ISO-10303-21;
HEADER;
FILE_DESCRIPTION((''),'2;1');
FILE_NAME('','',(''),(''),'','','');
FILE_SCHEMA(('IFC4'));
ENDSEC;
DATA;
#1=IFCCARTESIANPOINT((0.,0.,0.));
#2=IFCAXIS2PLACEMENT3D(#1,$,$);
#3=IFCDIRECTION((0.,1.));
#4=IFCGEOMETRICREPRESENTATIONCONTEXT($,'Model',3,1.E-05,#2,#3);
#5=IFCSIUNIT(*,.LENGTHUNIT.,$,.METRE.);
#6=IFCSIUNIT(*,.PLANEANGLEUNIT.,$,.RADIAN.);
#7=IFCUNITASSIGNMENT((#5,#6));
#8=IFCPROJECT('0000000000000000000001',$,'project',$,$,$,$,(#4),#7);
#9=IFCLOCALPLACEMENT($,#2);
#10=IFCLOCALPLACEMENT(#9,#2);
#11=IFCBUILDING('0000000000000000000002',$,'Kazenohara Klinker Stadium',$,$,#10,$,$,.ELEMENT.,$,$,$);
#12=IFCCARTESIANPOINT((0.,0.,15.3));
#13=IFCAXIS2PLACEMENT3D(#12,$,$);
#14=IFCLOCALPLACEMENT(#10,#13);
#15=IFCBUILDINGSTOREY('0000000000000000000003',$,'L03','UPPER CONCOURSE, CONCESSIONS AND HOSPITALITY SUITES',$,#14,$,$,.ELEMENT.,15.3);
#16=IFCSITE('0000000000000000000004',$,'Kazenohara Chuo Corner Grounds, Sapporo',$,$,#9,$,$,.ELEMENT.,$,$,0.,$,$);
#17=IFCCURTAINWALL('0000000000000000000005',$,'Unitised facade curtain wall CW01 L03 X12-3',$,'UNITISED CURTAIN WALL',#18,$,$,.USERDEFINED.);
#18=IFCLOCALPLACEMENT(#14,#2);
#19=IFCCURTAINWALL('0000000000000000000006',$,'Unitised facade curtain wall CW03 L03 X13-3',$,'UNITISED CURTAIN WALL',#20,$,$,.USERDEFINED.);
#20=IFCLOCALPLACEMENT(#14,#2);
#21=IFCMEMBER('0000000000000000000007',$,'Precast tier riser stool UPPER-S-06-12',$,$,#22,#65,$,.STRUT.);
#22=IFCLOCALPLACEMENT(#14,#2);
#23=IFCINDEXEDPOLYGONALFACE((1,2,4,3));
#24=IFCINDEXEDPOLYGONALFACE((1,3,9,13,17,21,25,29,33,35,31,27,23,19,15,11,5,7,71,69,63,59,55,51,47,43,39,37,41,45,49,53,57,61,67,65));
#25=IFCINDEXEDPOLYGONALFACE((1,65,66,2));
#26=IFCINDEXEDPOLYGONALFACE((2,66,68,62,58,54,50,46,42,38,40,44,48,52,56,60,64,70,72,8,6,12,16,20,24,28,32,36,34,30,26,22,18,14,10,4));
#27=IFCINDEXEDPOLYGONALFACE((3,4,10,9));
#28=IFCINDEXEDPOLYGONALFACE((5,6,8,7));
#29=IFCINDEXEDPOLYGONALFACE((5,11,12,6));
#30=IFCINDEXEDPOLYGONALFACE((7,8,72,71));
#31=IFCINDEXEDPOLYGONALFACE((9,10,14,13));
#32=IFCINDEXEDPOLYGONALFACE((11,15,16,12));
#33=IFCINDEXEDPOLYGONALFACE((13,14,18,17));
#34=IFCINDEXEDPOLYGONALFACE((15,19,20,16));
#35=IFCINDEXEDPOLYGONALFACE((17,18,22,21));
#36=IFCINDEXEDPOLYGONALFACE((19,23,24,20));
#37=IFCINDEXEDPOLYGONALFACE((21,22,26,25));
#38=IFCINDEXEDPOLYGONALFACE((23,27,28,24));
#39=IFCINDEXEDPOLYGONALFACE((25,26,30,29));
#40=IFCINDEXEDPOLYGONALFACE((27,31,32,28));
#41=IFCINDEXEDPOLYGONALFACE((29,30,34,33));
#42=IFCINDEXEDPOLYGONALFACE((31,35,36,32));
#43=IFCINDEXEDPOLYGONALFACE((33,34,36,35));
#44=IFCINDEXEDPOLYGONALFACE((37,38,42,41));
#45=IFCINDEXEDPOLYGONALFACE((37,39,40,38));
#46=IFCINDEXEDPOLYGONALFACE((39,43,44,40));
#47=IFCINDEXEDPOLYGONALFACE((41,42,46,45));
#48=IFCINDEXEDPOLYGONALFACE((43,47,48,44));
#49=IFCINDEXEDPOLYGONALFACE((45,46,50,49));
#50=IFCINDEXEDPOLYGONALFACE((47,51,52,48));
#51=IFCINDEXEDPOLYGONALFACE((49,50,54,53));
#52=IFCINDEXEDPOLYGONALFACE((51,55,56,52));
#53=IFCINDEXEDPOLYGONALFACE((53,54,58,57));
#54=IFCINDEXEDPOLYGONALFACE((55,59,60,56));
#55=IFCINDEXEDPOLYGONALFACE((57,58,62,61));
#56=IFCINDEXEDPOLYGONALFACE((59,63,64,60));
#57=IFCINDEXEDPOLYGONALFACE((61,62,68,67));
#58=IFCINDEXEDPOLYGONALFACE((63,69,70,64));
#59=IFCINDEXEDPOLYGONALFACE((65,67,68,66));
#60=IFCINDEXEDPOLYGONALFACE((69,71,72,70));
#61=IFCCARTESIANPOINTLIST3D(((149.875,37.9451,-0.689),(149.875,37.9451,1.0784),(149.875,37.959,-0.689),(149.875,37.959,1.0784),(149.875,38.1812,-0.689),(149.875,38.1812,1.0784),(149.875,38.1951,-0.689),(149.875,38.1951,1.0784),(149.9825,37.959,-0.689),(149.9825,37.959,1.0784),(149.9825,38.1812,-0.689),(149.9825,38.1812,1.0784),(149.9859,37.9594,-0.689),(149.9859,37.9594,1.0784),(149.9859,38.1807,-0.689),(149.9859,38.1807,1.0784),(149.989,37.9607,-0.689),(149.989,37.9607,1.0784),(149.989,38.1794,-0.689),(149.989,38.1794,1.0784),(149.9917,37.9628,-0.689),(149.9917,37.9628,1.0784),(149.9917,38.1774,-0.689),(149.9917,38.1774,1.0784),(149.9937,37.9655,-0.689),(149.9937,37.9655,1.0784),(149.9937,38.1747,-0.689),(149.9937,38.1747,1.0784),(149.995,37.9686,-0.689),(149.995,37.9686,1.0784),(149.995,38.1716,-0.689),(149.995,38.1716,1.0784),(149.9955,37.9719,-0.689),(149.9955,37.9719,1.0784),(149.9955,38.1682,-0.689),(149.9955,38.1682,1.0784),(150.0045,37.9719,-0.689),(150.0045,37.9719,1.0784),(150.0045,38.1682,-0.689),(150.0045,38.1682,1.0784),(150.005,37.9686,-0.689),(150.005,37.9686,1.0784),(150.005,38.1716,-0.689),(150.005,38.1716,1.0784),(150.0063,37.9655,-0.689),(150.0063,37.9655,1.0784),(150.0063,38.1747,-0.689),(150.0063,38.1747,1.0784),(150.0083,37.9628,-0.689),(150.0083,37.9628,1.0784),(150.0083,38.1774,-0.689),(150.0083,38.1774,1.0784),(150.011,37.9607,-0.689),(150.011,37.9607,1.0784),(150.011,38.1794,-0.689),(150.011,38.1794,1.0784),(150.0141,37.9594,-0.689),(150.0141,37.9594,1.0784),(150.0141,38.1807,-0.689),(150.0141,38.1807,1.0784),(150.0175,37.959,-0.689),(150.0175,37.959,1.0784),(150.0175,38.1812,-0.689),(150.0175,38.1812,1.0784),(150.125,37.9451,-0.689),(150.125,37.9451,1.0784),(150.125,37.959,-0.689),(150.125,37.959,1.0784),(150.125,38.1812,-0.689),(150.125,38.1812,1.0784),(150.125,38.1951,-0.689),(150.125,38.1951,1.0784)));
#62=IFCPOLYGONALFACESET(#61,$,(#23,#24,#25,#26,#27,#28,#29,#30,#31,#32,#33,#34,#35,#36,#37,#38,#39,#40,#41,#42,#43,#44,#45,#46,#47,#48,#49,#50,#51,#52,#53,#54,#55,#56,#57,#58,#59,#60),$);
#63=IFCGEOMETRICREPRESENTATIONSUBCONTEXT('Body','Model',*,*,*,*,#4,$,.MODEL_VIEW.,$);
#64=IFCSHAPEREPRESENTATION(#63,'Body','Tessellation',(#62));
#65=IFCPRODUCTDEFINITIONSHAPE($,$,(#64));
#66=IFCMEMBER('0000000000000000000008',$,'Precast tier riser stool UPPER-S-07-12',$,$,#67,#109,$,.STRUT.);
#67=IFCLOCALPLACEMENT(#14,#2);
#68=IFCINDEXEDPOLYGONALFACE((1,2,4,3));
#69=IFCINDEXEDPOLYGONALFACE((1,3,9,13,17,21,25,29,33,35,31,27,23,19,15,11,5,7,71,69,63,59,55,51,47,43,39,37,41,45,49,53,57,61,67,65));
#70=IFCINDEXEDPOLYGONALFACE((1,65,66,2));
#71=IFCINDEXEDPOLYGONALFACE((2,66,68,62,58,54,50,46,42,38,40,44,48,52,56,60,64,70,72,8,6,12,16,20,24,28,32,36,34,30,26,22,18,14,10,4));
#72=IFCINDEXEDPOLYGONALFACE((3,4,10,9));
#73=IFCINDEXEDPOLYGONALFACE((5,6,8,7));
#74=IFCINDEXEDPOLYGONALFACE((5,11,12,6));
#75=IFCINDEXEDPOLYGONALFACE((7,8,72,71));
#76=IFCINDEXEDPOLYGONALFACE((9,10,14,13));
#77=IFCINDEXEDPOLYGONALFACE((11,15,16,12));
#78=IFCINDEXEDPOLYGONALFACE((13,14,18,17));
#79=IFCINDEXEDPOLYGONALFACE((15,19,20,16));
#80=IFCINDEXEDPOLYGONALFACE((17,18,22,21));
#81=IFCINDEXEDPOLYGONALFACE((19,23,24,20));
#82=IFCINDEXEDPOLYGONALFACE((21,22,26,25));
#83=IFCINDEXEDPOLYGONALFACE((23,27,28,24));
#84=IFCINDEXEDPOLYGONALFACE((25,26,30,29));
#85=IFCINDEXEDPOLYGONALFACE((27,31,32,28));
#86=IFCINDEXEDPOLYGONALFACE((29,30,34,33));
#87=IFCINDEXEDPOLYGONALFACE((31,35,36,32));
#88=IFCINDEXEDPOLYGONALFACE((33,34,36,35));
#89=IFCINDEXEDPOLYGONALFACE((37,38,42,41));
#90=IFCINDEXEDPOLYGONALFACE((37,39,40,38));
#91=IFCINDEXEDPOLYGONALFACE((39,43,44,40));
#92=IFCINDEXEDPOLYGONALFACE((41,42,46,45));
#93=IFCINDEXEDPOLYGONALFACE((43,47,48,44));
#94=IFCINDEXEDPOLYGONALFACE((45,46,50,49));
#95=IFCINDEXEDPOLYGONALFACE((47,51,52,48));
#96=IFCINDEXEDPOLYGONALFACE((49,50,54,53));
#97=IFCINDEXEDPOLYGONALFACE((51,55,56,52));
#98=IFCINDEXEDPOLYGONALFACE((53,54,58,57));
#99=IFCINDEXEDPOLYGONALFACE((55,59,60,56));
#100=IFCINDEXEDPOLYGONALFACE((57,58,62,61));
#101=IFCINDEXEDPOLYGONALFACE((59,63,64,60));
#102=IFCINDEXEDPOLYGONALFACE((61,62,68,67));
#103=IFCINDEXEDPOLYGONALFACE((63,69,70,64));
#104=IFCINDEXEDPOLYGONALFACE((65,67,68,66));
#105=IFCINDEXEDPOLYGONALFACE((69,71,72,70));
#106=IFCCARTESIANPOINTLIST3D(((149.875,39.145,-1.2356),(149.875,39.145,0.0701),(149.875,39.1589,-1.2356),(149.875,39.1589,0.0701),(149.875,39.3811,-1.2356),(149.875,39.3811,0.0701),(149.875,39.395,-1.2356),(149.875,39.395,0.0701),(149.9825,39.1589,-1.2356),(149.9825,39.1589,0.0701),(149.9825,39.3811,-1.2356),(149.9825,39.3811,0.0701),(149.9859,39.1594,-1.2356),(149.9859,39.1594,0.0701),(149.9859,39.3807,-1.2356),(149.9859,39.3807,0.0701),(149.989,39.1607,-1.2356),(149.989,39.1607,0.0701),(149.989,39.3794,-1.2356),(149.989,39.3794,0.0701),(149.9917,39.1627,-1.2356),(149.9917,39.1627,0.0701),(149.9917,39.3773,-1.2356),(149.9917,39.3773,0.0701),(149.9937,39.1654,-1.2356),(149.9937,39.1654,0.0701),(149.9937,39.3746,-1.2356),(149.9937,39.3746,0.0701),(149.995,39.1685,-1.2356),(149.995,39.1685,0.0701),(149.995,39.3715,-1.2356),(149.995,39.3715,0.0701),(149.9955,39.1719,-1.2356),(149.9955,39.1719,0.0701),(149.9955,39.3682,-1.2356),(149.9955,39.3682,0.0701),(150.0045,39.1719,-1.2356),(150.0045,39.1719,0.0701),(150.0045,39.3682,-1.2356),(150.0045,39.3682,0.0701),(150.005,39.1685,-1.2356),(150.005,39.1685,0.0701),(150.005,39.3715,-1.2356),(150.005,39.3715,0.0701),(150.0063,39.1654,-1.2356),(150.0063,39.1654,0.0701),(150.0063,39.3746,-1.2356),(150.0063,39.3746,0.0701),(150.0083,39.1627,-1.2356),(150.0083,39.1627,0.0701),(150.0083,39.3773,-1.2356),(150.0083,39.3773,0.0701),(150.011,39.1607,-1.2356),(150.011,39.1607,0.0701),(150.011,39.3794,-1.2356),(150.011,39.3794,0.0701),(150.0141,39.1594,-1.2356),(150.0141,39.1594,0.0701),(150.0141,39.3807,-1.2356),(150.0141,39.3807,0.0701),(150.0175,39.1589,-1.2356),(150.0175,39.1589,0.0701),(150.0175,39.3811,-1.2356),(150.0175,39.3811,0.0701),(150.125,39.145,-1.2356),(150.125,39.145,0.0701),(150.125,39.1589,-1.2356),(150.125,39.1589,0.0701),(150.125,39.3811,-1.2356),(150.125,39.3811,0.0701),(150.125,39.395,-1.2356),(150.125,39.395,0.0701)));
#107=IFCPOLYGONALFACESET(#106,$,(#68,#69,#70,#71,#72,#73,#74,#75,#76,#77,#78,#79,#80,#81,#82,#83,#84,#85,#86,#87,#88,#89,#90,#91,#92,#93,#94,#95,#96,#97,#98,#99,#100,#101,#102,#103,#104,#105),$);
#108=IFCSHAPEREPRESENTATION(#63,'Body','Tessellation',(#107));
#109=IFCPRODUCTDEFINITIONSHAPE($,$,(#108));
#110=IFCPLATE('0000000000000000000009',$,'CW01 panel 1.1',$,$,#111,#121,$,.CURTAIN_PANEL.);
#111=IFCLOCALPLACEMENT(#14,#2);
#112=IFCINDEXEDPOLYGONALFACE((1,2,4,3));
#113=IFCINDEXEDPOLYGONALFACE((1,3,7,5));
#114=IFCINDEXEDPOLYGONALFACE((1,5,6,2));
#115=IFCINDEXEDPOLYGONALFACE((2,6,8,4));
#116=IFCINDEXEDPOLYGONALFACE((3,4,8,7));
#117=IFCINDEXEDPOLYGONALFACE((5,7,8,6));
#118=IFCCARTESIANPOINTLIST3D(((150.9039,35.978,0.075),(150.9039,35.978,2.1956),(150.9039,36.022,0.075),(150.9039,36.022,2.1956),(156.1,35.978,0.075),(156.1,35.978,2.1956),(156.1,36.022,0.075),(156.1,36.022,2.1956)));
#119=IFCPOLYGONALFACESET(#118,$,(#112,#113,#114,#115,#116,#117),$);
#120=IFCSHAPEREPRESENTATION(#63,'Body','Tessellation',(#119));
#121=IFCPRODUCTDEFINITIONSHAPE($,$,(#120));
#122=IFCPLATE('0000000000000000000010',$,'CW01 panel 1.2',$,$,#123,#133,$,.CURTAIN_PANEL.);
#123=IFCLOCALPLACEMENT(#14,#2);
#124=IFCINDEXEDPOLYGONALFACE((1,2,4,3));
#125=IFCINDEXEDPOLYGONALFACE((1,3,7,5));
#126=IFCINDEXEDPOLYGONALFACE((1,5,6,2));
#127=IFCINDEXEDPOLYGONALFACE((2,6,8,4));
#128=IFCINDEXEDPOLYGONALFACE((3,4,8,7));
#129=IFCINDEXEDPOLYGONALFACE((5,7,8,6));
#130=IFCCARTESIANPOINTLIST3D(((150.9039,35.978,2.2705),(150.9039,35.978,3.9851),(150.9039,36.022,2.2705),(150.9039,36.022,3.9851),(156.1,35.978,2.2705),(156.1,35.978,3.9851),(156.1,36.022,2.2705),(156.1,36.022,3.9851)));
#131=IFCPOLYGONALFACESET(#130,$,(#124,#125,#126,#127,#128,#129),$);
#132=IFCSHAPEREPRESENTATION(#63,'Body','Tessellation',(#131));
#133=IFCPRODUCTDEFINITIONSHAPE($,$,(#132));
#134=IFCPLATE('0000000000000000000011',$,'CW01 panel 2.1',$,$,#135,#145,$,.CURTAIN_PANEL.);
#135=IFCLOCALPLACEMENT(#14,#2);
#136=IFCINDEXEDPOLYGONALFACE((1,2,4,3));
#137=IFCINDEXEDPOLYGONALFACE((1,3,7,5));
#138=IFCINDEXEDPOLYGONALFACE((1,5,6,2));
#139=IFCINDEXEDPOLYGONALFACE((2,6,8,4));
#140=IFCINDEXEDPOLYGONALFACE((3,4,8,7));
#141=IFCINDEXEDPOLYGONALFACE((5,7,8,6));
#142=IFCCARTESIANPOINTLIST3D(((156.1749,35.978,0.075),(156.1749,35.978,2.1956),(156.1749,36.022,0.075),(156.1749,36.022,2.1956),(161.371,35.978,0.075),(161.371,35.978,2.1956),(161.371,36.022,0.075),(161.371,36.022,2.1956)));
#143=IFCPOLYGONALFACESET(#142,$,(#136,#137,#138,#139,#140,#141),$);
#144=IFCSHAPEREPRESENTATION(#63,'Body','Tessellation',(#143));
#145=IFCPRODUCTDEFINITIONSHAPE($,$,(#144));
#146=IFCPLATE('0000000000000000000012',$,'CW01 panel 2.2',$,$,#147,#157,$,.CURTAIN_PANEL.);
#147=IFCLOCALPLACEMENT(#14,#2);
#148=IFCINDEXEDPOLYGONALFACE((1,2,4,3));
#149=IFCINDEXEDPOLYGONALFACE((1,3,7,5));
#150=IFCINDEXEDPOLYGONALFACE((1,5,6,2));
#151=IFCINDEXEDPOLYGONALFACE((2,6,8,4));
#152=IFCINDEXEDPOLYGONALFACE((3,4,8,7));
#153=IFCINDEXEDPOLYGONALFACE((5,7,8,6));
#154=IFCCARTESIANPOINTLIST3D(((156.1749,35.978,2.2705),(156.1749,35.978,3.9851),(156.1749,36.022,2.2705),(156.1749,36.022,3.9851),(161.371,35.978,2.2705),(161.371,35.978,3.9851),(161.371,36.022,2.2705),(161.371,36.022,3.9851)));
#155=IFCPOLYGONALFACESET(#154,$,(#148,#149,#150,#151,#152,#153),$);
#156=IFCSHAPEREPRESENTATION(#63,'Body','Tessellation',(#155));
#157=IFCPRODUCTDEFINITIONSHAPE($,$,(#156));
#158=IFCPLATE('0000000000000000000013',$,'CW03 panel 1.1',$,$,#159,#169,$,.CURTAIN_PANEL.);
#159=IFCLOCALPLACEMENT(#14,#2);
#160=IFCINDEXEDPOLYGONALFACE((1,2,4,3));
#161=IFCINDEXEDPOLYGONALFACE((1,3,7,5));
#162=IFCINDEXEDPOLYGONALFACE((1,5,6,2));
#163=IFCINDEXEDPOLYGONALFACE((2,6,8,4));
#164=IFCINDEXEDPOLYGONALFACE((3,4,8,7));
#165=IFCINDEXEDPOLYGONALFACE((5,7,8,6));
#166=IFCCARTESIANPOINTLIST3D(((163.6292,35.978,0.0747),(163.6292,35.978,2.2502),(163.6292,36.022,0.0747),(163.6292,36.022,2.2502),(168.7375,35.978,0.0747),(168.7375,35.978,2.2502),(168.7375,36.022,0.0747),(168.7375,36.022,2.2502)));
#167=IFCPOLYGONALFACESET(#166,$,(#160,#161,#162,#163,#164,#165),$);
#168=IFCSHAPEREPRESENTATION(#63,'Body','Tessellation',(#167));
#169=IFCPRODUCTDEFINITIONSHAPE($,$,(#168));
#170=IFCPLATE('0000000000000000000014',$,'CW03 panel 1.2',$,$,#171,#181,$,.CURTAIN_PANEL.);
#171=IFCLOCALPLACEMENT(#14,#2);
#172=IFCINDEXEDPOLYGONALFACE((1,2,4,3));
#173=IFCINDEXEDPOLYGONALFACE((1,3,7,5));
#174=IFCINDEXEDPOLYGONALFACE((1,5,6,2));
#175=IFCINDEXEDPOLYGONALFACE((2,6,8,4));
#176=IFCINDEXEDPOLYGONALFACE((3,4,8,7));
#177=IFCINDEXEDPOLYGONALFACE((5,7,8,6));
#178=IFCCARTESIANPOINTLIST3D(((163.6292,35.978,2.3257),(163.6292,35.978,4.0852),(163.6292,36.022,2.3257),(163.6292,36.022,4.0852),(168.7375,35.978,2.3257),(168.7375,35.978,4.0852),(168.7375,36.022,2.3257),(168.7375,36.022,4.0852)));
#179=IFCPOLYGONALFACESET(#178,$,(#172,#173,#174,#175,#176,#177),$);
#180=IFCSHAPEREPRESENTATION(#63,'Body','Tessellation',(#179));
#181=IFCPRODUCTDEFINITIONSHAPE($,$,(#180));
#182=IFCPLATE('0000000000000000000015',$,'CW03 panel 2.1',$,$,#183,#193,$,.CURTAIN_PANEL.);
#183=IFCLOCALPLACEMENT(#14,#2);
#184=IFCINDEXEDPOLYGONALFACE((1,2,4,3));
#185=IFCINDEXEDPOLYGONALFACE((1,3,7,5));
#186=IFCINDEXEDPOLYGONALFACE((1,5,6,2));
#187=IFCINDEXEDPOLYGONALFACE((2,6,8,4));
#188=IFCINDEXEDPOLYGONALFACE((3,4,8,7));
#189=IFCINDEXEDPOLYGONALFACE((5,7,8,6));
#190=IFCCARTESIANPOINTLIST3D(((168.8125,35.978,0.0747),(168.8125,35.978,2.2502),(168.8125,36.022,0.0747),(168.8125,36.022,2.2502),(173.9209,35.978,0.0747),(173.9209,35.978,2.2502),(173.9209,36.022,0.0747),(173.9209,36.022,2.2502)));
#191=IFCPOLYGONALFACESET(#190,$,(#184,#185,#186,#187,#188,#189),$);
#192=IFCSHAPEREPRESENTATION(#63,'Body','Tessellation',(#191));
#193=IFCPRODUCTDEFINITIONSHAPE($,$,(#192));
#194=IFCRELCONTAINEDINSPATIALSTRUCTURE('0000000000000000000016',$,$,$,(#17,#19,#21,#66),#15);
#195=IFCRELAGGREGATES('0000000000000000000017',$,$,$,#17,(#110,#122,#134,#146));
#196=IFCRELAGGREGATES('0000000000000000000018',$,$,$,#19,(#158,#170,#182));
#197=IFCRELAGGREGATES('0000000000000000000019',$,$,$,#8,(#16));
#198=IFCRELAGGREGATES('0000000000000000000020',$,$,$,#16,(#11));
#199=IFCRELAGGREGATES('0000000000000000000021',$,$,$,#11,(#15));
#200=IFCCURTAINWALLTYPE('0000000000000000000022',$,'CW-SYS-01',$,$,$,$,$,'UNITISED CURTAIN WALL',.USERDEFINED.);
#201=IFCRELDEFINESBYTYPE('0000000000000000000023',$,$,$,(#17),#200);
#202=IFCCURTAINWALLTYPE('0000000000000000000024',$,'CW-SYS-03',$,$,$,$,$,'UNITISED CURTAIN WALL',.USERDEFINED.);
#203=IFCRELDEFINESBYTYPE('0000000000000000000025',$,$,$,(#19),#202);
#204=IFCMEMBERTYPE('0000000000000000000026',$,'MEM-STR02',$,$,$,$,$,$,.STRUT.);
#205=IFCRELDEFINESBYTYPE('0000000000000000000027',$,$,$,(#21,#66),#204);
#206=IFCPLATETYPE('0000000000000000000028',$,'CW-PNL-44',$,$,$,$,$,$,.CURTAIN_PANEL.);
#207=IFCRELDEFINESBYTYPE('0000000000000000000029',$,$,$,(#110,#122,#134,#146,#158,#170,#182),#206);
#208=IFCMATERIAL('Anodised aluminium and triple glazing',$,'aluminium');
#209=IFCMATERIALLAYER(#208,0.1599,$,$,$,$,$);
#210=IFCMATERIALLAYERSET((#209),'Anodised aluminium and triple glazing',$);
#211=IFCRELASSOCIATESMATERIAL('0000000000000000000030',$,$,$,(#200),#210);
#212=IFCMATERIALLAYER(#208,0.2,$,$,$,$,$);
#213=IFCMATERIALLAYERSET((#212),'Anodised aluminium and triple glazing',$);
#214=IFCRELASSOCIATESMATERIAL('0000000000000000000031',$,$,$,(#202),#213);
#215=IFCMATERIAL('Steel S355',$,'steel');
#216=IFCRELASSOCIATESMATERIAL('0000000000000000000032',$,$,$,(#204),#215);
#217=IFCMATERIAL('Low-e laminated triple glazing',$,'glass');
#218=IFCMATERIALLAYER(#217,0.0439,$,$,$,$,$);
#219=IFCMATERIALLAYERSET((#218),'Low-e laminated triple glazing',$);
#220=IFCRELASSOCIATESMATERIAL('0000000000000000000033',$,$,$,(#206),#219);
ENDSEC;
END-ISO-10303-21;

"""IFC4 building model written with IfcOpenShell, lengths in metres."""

from ifc_helpers import new_model, si_unit, direction, frame, origin, origin_2d, place, context, subcontext, project, spatial, rectangle, i_section, extrude, material, layer, layer_set, material_profile, profile_set, type_object, element, aggregate, save


model = new_model("IFC4")

# Units and contexts
model_context = context("Model", 3, precision=1e-05, world=origin(), true_north=direction((0.0, 1.0)))
body_context = subcontext(model_context, "Body", "Model", "MODEL_VIEW")
ifc_project = project(units=[si_unit("LENGTHUNIT", "METRE"), si_unit("PLANEANGLEUNIT", "RADIAN")], contexts=[model_context])

# Site, building, storey
site_placement = place(None, origin())
site = spatial("IfcSite", under=ifc_project, at=site_placement, Name="Kazenohara Chuo Corner Grounds, Sapporo", CompositionType="ELEMENT", RefElevation=0.0)
building_placement = place(site_placement, origin())
building = spatial("IfcBuilding", under=site, at=building_placement, Name="Kazenohara Klinker Stadium", CompositionType="ELEMENT")
storey_placement = place(building_placement, frame((0.0, 0.0, 15.3)))
storey = spatial("IfcBuildingStorey", under=building, at=storey_placement, Name="L03", Description="UPPER CONCOURSE, CONCESSIONS AND HOSPITALITY SUITES", CompositionType="ELEMENT", Elevation=15.3)

# Shared definitions
ifc_material_1 = material(Name="Steel S355", Category="steel")

# Curtain walls
ifc_material_2 = material(Name="Anodised aluminium and triple glazing", Category="aluminium")
ifc_layer_1 = layer(ifc_material_2, 0.1599)
ifc_layer_set_1 = layer_set([ifc_layer_1], Name="Anodised aluminium and triple glazing")
curtain_wall_type_1 = type_object("IfcCurtainWallType", Name="CW-SYS-01", ElementType="UNITISED CURTAIN WALL", PredefinedType="USERDEFINED", material=ifc_layer_set_1)
curtain_wall_1_placement = place(storey_placement, origin())
curtain_wall_1 = element("IfcCurtainWall", 1, at=curtain_wall_1_placement, inside=storey, type_object=curtain_wall_type_1, Name="Unitised facade curtain wall CW01 L03 X12-3", ObjectType="UNITISED CURTAIN WALL", PredefinedType="USERDEFINED")
ifc_layer_2 = layer(ifc_material_2, 0.2)
ifc_layer_set_2 = layer_set([ifc_layer_2], Name="Anodised aluminium and triple glazing")
curtain_wall_type_2 = type_object("IfcCurtainWallType", Name="CW-SYS-03", ElementType="UNITISED CURTAIN WALL", PredefinedType="USERDEFINED", material=ifc_layer_set_2)
curtain_wall_2_placement = place(storey_placement, origin())
curtain_wall_2 = element("IfcCurtainWall", 2, at=curtain_wall_2_placement, inside=storey, type_object=curtain_wall_type_2, Name="Unitised facade curtain wall CW03 L03 X13-3", ObjectType="UNITISED CURTAIN WALL", PredefinedType="USERDEFINED")

# Members
ifc_material_profile_1 = material_profile(ifc_material_1, i_section(OverallWidth=0.25, OverallDepth=0.25, WebThickness=0.009, FlangeThickness=0.0139, FilletRadius=0.0129, at=origin_2d()), Name="H-250x250x9x14")
ifc_profile_set_1 = profile_set([ifc_material_profile_1], Name="Steel S355")
member_type_1 = type_object("IfcMemberType", Name="MEM-STR02", PredefinedType="STRUT", material=ifc_profile_set_1)
member_1_placement = place(storey_placement, frame((150.0, 38.0701, -0.689), z_axis=(0.0, 0.0, 1.0), x_axis=(1.0, 0.0, 0.0)))
element("IfcMember", 3, at=member_1_placement, inside=storey, type_object=member_type_1, Name="Precast tier riser stool UPPER-S-06-12", PredefinedType="STRUT", context=body_context, shape_type="SweptSolid", body=[
    extrude(i_section(OverallWidth=0.25, OverallDepth=0.25, WebThickness=0.009, FlangeThickness=0.0139, FilletRadius=0.0129, at=origin_2d()), origin(), (0.0, 0.0, 1.0), 1.7673),
])
member_2_placement = place(storey_placement, frame((150.0, 39.27, -1.2356), z_axis=(0.0, 0.0, 1.0), x_axis=(1.0, 0.0, 0.0)))
element("IfcMember", 4, at=member_2_placement, inside=storey, type_object=member_type_1, Name="Precast tier riser stool UPPER-S-07-12", PredefinedType="STRUT", context=body_context, shape_type="SweptSolid", body=[
    extrude(i_section(OverallWidth=0.25, OverallDepth=0.25, WebThickness=0.009, FlangeThickness=0.0139, FilletRadius=0.0129, at=origin_2d()), origin(), (0.0, 0.0, 1.0), 1.3057),
])

# Plates
ifc_material_3 = material(Name="Low-e laminated triple glazing", Category="glass")
ifc_layer_3 = layer(ifc_material_3, 0.0439)
ifc_layer_set_3 = layer_set([ifc_layer_3], Name="Low-e laminated triple glazing")
plate_type_1 = type_object("IfcPlateType", Name="CW-PNL-44", PredefinedType="CURTAIN_PANEL", material=ifc_layer_set_3)
plate_1_placement = place(storey_placement, frame((153.502, 36.0, 0.075), z_axis=(0.0, 0.0, 1.0), x_axis=(1.0, 0.0, 0.0)))
plate_1 = element("IfcPlate", 5, at=plate_1_placement, type_object=plate_type_1, Name="CW01 panel 1.1", PredefinedType="CURTAIN_PANEL", context=body_context, shape_type="SweptSolid", body=[
    extrude(rectangle(XDim=5.196, YDim=0.0439, at=origin_2d()), origin(), (0.0, 0.0, 1.0), 2.1206),
])
plate_2_placement = place(storey_placement, frame((153.502, 36.0, 2.2705), z_axis=(0.0, 0.0, 1.0), x_axis=(1.0, 0.0, 0.0)))
plate_2 = element("IfcPlate", 6, at=plate_2_placement, type_object=plate_type_1, Name="CW01 panel 1.2", PredefinedType="CURTAIN_PANEL", context=body_context, shape_type="SweptSolid", body=[
    extrude(rectangle(XDim=5.196, YDim=0.0439, at=origin_2d()), origin(), (0.0, 0.0, 1.0), 1.7146),
])
plate_3_placement = place(storey_placement, frame((158.7729, 36.0, 0.075), z_axis=(0.0, 0.0, 1.0), x_axis=(1.0, 0.0, 0.0)))
plate_3 = element("IfcPlate", 7, at=plate_3_placement, type_object=plate_type_1, Name="CW01 panel 2.1", PredefinedType="CURTAIN_PANEL", context=body_context, shape_type="SweptSolid", body=[
    extrude(rectangle(XDim=5.196, YDim=0.0439, at=origin_2d()), origin(), (0.0, 0.0, 1.0), 2.1206),
])
plate_4_placement = place(storey_placement, frame((158.7729, 36.0, 2.2705), z_axis=(0.0, 0.0, 1.0), x_axis=(1.0, 0.0, 0.0)))
plate_4 = element("IfcPlate", 8, at=plate_4_placement, type_object=plate_type_1, Name="CW01 panel 2.2", PredefinedType="CURTAIN_PANEL", context=body_context, shape_type="SweptSolid", body=[
    extrude(rectangle(XDim=5.196, YDim=0.0439, at=origin_2d()), origin(), (0.0, 0.0, 1.0), 1.7146),
])
aggregate(curtain_wall_1, [plate_1, plate_2, plate_3, plate_4])
plate_5_placement = place(storey_placement, frame((166.1833, 36.0, 0.0747), z_axis=(0.0, 0.0, 1.0), x_axis=(1.0, 0.0, 0.0)))
plate_5 = element("IfcPlate", 9, at=plate_5_placement, type_object=plate_type_1, Name="CW03 panel 1.1", PredefinedType="CURTAIN_PANEL", context=body_context, shape_type="SweptSolid", body=[
    extrude(rectangle(XDim=5.1084, YDim=0.0439, at=origin_2d()), origin(), (0.0, 0.0, 1.0), 2.1755),
])
plate_6_placement = place(storey_placement, frame((166.1833, 36.0, 2.3257), z_axis=(0.0, 0.0, 1.0), x_axis=(1.0, 0.0, 0.0)))
plate_6 = element("IfcPlate", 10, at=plate_6_placement, type_object=plate_type_1, Name="CW03 panel 1.2", PredefinedType="CURTAIN_PANEL", context=body_context, shape_type="SweptSolid", body=[
    extrude(rectangle(XDim=5.1084, YDim=0.0439, at=origin_2d()), origin(), (0.0, 0.0, 1.0), 1.7595),
])
plate_7_placement = place(storey_placement, frame((171.3667, 36.0, 0.0747), z_axis=(0.0, 0.0, 1.0), x_axis=(1.0, 0.0, 0.0)))
plate_7 = element("IfcPlate", 11, at=plate_7_placement, type_object=plate_type_1, Name="CW03 panel 2.1", PredefinedType="CURTAIN_PANEL", context=body_context, shape_type="SweptSolid", body=[
    extrude(rectangle(XDim=5.1084, YDim=0.0439, at=origin_2d()), origin(), (0.0, 0.0, 1.0), 2.1755),
])
aggregate(curtain_wall_2, [plate_5, plate_6, plate_7])

save(model, "model.ifc")
